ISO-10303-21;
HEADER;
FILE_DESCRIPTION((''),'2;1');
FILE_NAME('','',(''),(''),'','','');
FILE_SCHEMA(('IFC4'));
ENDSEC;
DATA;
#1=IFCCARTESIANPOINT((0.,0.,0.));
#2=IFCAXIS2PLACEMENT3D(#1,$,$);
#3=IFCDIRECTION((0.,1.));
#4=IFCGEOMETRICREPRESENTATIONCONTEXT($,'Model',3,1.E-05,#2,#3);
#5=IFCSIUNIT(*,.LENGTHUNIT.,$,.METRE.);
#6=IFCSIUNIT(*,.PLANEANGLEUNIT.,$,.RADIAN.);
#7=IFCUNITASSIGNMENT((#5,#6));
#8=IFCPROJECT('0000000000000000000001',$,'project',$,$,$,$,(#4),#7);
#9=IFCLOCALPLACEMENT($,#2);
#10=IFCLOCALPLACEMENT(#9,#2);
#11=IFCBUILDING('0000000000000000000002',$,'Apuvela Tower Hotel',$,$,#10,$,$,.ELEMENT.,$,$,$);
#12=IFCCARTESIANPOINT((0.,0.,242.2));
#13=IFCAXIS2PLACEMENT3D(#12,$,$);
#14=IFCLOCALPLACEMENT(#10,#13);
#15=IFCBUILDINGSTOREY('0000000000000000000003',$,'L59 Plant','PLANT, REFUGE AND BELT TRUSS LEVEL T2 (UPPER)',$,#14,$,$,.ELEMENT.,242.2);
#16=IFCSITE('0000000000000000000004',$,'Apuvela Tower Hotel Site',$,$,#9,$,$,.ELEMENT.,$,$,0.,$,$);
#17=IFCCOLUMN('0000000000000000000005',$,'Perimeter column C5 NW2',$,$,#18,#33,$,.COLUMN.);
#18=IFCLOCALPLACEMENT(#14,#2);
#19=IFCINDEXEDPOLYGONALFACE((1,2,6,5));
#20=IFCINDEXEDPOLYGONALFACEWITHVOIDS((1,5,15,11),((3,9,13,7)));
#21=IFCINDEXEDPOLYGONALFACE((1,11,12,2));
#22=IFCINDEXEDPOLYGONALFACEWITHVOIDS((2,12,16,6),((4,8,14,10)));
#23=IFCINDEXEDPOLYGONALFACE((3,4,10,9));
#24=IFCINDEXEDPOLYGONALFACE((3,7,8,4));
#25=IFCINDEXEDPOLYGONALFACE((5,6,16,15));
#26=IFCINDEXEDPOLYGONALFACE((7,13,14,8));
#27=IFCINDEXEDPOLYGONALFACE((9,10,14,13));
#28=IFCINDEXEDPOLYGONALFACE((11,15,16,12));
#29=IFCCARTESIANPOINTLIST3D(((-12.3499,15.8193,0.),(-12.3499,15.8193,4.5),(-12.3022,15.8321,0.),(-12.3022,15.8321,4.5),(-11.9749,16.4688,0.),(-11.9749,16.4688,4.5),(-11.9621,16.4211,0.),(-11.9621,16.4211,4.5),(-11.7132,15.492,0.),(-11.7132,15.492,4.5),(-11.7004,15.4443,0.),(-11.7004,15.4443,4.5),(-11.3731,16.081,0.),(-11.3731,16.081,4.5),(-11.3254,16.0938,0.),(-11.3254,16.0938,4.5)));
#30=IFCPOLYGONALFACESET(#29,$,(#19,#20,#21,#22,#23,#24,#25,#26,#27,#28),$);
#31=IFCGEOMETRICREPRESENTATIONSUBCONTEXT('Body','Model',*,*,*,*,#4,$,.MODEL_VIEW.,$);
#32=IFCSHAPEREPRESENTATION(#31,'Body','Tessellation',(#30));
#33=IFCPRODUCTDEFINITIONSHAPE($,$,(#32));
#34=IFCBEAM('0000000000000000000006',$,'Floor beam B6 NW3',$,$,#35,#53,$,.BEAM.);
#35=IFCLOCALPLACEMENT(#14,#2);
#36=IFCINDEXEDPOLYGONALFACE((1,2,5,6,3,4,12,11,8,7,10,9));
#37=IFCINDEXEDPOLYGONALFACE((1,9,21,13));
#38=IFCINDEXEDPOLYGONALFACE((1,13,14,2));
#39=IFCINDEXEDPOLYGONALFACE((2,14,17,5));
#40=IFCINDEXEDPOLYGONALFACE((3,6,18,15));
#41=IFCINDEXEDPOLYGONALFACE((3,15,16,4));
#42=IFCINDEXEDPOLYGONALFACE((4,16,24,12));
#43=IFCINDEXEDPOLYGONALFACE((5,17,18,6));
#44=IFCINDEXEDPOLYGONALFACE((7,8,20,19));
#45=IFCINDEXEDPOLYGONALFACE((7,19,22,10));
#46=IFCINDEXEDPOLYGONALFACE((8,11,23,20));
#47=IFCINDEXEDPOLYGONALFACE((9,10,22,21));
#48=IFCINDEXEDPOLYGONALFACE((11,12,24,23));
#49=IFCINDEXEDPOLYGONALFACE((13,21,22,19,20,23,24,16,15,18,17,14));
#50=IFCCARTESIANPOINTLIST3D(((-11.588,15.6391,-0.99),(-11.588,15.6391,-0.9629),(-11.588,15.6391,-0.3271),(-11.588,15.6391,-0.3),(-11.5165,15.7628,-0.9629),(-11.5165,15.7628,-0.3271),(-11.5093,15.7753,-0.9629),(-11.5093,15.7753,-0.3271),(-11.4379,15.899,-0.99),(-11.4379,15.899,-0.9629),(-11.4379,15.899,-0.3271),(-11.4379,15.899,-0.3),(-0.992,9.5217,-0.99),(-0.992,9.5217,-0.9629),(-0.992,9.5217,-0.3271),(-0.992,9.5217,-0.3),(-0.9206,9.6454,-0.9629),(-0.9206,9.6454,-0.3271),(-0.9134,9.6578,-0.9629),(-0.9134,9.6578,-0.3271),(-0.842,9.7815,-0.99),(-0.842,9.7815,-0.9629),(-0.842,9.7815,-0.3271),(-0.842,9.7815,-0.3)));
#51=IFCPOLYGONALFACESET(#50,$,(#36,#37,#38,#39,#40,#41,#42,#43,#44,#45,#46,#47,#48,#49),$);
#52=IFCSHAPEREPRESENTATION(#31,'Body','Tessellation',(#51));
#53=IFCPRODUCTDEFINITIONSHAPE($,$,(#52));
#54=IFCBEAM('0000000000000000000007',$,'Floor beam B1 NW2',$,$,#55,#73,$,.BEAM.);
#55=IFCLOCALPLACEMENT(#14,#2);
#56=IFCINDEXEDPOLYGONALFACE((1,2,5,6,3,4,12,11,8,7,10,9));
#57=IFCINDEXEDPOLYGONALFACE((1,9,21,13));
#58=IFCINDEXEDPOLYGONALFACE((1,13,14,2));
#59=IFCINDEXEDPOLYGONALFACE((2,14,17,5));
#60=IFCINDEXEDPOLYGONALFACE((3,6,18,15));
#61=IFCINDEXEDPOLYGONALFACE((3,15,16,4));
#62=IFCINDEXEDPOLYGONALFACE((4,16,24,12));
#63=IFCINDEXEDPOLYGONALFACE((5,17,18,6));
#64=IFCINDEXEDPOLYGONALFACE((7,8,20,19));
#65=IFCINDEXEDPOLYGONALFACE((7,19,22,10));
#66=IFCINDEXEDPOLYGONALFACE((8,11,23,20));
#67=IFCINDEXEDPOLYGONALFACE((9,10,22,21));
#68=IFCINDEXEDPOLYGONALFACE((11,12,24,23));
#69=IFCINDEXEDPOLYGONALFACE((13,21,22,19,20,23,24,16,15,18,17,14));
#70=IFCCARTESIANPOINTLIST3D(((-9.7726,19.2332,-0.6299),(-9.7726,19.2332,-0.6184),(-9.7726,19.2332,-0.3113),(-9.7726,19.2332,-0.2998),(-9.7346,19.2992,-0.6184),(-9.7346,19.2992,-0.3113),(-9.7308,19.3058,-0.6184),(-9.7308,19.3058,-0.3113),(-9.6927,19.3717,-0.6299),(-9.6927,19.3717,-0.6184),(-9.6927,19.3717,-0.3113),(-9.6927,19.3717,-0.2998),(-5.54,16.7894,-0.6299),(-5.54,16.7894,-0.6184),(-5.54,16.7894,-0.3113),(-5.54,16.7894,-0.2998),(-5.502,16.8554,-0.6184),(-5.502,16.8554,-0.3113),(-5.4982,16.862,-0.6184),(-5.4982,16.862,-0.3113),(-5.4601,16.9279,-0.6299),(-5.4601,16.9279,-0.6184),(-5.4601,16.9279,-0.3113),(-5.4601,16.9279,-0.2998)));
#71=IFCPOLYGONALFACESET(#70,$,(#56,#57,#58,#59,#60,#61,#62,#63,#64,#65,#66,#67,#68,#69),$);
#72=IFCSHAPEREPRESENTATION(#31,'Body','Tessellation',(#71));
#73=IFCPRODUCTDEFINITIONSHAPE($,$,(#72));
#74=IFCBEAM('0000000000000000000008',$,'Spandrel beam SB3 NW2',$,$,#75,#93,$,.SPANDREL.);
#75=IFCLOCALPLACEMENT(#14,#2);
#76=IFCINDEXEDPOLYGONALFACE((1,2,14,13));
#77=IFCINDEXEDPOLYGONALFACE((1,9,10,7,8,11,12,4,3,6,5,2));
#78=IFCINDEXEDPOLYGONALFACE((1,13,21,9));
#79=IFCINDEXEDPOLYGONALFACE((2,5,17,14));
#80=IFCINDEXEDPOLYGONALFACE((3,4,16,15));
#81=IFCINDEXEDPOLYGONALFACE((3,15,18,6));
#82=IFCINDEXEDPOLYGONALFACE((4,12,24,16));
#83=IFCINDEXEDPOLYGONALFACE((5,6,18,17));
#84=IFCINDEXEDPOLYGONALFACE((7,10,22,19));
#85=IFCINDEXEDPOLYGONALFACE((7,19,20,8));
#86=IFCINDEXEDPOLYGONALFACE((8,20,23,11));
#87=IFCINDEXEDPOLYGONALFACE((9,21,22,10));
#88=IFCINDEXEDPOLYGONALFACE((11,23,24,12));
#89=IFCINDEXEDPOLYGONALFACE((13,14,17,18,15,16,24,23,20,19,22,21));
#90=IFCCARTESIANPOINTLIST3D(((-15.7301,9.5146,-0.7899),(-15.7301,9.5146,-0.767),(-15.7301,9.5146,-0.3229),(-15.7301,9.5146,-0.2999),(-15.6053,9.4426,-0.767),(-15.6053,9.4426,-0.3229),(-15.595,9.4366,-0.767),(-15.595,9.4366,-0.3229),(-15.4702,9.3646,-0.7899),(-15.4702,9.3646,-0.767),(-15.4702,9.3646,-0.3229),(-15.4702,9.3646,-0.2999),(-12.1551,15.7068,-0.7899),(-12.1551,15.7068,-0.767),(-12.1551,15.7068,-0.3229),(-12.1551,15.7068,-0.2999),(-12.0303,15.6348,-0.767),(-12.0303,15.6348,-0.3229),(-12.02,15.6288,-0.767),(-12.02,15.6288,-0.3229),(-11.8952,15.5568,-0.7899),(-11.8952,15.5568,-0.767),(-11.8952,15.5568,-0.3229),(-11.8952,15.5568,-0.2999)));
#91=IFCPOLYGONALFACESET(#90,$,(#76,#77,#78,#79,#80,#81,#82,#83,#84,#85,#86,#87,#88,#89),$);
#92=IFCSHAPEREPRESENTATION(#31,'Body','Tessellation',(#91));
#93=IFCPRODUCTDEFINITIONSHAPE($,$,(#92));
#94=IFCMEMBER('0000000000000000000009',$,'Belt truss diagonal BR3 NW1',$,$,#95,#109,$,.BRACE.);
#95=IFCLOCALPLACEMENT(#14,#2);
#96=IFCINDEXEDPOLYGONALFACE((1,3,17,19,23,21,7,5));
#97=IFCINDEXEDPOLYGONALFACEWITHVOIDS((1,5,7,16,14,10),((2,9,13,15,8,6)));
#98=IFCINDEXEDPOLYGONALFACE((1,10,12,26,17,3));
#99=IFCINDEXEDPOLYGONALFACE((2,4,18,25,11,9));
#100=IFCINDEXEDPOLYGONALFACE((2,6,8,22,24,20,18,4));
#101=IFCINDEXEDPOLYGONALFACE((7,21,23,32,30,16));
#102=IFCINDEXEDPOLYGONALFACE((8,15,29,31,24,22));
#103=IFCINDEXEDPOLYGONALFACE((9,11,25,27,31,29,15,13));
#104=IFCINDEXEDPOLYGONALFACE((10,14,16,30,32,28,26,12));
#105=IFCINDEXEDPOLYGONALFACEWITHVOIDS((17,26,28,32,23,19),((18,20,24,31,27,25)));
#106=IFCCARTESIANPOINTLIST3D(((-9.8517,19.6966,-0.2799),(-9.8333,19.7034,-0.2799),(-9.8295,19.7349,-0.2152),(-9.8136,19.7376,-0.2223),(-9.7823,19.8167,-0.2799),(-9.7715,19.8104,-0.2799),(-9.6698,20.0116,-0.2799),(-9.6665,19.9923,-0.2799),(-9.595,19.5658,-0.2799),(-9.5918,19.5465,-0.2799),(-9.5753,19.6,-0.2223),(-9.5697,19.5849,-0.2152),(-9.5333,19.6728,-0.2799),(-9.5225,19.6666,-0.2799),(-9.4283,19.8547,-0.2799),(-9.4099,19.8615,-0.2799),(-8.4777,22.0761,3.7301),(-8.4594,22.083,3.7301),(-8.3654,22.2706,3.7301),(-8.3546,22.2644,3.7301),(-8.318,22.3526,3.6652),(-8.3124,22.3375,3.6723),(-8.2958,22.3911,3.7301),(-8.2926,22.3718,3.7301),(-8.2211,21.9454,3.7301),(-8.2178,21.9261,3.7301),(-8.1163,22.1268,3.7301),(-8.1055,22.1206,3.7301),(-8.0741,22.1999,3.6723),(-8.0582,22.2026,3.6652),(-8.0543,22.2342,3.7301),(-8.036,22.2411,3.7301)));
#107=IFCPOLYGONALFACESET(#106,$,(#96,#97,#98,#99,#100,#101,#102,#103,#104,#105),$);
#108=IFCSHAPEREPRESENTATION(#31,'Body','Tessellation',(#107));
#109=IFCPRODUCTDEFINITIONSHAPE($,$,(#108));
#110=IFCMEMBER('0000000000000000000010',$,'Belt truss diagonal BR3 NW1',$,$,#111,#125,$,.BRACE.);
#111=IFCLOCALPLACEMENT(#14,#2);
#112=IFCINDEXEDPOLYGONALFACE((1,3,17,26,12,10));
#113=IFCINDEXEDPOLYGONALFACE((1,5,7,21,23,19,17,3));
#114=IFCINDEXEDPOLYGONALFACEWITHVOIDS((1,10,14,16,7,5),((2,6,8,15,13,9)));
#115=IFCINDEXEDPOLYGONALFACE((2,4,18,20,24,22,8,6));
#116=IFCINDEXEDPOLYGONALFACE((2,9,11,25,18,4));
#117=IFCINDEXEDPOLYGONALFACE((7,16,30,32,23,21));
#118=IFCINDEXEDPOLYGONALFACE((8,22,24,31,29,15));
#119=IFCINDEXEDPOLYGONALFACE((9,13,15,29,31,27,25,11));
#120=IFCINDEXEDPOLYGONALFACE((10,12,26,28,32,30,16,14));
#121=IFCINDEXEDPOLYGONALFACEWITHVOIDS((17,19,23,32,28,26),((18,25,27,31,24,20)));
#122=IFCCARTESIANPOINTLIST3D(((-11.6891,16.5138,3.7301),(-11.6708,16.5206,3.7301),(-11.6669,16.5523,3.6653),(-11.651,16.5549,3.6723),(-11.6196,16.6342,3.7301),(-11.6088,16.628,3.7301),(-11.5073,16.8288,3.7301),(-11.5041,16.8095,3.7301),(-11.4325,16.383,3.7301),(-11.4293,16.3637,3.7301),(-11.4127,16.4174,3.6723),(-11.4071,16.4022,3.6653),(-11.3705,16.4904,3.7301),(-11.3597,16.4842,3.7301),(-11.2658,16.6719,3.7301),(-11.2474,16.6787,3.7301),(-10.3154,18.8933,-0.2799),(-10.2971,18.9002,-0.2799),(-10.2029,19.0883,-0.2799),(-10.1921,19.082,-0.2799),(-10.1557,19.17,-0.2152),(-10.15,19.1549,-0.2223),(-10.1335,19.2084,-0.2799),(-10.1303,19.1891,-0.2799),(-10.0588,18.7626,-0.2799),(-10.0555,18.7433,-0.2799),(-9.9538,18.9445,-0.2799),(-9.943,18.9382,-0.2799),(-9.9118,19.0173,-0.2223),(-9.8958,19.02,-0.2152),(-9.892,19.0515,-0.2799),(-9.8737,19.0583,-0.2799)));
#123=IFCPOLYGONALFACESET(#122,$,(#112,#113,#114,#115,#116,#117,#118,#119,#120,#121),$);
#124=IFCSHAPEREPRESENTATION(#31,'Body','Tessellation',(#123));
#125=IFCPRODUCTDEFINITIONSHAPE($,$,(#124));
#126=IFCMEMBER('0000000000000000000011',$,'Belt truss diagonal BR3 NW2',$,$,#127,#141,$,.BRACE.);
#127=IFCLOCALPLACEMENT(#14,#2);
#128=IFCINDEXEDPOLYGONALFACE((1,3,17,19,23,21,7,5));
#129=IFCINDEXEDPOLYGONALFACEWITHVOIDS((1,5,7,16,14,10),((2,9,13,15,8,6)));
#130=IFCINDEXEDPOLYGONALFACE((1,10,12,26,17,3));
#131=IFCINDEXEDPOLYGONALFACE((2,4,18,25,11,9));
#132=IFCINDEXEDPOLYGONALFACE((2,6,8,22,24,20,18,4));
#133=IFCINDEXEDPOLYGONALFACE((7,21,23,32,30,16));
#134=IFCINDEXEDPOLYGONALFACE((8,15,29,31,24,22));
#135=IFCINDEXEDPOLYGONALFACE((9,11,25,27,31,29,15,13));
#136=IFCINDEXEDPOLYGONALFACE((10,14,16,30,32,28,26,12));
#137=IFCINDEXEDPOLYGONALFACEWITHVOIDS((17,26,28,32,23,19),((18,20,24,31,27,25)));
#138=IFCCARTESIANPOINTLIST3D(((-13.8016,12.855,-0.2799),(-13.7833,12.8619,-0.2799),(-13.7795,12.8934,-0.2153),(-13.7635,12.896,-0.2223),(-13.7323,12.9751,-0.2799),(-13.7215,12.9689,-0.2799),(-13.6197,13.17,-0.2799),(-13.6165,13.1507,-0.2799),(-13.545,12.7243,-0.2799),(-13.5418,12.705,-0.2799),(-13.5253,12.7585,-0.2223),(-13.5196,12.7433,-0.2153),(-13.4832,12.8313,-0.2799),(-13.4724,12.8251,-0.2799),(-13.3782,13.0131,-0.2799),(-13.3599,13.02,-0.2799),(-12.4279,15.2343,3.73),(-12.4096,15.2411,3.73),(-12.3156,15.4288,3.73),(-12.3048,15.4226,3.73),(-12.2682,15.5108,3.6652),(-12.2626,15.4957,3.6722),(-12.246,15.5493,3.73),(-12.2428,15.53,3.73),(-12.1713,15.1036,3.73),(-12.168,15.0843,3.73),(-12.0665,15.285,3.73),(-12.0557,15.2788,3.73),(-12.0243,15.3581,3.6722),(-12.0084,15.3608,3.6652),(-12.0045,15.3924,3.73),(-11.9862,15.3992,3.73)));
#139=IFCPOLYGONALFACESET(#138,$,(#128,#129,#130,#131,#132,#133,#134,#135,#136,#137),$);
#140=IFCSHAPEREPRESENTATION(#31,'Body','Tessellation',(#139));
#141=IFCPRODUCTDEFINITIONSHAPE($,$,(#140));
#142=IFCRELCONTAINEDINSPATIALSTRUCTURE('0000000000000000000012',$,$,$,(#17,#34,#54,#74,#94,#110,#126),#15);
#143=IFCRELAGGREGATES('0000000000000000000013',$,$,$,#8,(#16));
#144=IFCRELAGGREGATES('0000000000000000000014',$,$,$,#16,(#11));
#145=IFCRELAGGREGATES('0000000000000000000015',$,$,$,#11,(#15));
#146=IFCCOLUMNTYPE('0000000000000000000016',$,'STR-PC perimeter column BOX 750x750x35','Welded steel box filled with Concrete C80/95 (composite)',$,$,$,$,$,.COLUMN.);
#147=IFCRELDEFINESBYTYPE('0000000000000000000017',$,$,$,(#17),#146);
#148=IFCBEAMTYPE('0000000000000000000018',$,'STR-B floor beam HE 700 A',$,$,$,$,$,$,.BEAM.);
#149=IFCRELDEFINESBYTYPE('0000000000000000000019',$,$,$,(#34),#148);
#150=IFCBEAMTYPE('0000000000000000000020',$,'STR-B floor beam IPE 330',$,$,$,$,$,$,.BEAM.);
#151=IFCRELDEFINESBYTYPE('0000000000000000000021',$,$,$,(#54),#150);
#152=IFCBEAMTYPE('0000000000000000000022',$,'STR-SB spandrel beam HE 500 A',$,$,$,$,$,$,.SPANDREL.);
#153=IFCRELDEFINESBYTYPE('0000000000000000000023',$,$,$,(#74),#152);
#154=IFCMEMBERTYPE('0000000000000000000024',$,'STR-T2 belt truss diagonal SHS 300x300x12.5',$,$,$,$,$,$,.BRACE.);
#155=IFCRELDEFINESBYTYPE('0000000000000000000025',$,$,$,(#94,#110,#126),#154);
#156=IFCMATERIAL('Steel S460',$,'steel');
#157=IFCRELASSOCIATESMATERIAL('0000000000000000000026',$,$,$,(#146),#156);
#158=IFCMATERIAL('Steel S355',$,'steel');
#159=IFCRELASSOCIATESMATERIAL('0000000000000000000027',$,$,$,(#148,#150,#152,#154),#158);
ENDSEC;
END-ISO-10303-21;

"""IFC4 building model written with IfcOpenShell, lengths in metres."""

from ifc_helpers import new_model, si_unit, direction, frame, origin, origin_2d, place, context, subcontext, project, spatial, rectangle, hollow_rectangle, i_section, extrude, boolean, halfspace, material, material_profile, profile_set, type_object, element, save


model = new_model("IFC4")

# Units and contexts
model_context = context("Model", 3, precision=1e-05, world=origin(), true_north=direction((0.0, 1.0)))
body_context = subcontext(model_context, "Body", "Model", "MODEL_VIEW")
ifc_project = project(units=[si_unit("LENGTHUNIT", "METRE"), si_unit("PLANEANGLEUNIT", "RADIAN")], contexts=[model_context])

# Site, building, storey
site_placement = place(None, origin())
site = spatial("IfcSite", under=ifc_project, at=site_placement, Name="Apuvela Tower Hotel Site", CompositionType="ELEMENT", RefElevation=0.0)
building_placement = place(site_placement, origin())
building = spatial("IfcBuilding", under=site, at=building_placement, Name="Apuvela Tower Hotel", CompositionType="ELEMENT")
storey_placement = place(building_placement, frame((0.0, 0.0, 242.2)))
storey = spatial("IfcBuildingStorey", under=building, at=storey_placement, Name="L59 Plant", Description="PLANT, REFUGE AND BELT TRUSS LEVEL T2 (UPPER)", CompositionType="ELEMENT", Elevation=242.2)

# Column
ifc_material_1 = material(Name="Steel S460", Category="steel")
ifc_material_profile_1 = material_profile(ifc_material_1, hollow_rectangle(XDim=0.75, YDim=0.75, WallThickness=0.0349, at=origin_2d()), Name="BOX 750x750x35")
ifc_material_2 = material(Name="Concrete C80/95", Category="concrete")
ifc_material_profile_2 = material_profile(ifc_material_2, rectangle(XDim=0.6799, YDim=0.6799, at=origin_2d()), Name="Concrete C80/95 infill")
ifc_profile_set_1 = profile_set([ifc_material_profile_1, ifc_material_profile_2], Name="Steel S460")
column_type = type_object("IfcColumnType", Name="STR-PC perimeter column BOX 750x750x35", Description="Welded steel box filled with Concrete C80/95 (composite)", PredefinedType="COLUMN", material=ifc_profile_set_1)
column_placement = place(storey_placement, frame((-11.8376, 15.9565, 0.0), z_axis=(0.0, 0.0, 1.0), x_axis=(0.5, 0.866025, 0.0)))
element("IfcColumn", 1, at=column_placement, inside=storey, type_object=column_type, Name="Perimeter column C5 NW2", PredefinedType="COLUMN", context=body_context, shape_type="SweptSolid", body=[
    extrude(hollow_rectangle(XDim=0.75, YDim=0.75, WallThickness=0.0349, at=origin_2d()), origin(), (0.0, 0.0, 1.0), 4.5),
])

# Beams
ifc_material_3 = material(Name="Steel S355", Category="steel")
ifc_material_profile_3 = material_profile(ifc_material_3, i_section(OverallWidth=0.3, OverallDepth=0.6899, WebThickness=0.0144, FlangeThickness=0.0271, at=origin_2d()), Name="HE 700 A")
ifc_profile_set_2 = profile_set([ifc_material_profile_3], Name="Steel S355")
beam_type_1 = type_object("IfcBeamType", Name="STR-B floor beam HE 700 A", PredefinedType="BEAM", material=ifc_profile_set_2)
beam_1_placement = place(storey_placement, frame((-11.5129, 15.769, -0.645), z_axis=(0.86603, -0.499991, 0.0), x_axis=(0.499991, 0.86603, 0.0)))
element("IfcBeam", 2, at=beam_1_placement, inside=storey, type_object=beam_type_1, Name="Floor beam B6 NW3", PredefinedType="BEAM", context=body_context, shape_type="SweptSolid", body=[
    extrude(i_section(OverallWidth=0.3, OverallDepth=0.6899, WebThickness=0.0144, FlangeThickness=0.0271, at=origin_2d()), origin(), (0.0, 0.0, 1.0), 12.2351),
])
ifc_material_profile_4 = material_profile(ifc_material_3, i_section(OverallWidth=0.1599, OverallDepth=0.3301, WebThickness=0.0076, FlangeThickness=0.0115, at=origin_2d()), Name="IPE 330")
ifc_profile_set_3 = profile_set([ifc_material_profile_4], Name="Steel S355")
beam_type_2 = type_object("IfcBeamType", Name="STR-B floor beam IPE 330", PredefinedType="BEAM", material=ifc_profile_set_3)
beam_2_placement = place(storey_placement, frame((-9.7327, 19.3025, -0.4648), z_axis=(0.866015, -0.500018, 0.0), x_axis=(0.500018, 0.866015, 0.0)))
element("IfcBeam", 3, at=beam_2_placement, inside=storey, type_object=beam_type_2, Name="Floor beam B1 NW2", PredefinedType="BEAM", context=body_context, shape_type="SweptSolid", body=[
    extrude(i_section(OverallWidth=0.1599, OverallDepth=0.3301, WebThickness=0.0076, FlangeThickness=0.0115, at=origin_2d()), origin(), (0.0, 0.0, 1.0), 4.8875),
])
ifc_material_profile_5 = material_profile(ifc_material_3, i_section(OverallWidth=0.3, OverallDepth=0.49, WebThickness=0.012, FlangeThickness=0.0229, at=origin_2d()), Name="HE 500 A")
ifc_profile_set_4 = profile_set([ifc_material_profile_5], Name="Steel S355")
beam_type_3 = type_object("IfcBeamType", Name="STR-SB spandrel beam HE 500 A", PredefinedType="SPANDREL", material=ifc_profile_set_4)
beam_3_placement = place(storey_placement, frame((-12.0251, 15.6318, -0.5449), z_axis=(-0.499991, -0.86603, 0.0), x_axis=(0.86603, -0.499991, 0.0)))
element("IfcBeam", 4, at=beam_3_placement, inside=storey, type_object=beam_type_3, Name="Spandrel beam SB3 NW2", PredefinedType="SPANDREL", context=body_context, shape_type="SweptSolid", body=[
    extrude(i_section(OverallWidth=0.3, OverallDepth=0.49, WebThickness=0.012, FlangeThickness=0.0229, at=origin_2d()), origin(), (0.0, 0.0, 1.0), 7.1501),
])

# Members
ifc_material_profile_6 = material_profile(ifc_material_3, hollow_rectangle(XDim=0.3, YDim=0.3, WallThickness=0.0125, at=origin_2d()), Name="SHS 300x300x12.5")
ifc_profile_set_5 = profile_set([ifc_material_profile_6], Name="Steel S355")
member_type = type_object("IfcMemberType", Name="STR-T2 belt truss diagonal SHS 300x300x12.5", PredefinedType="BRACE", material=ifc_profile_set_5)
member_1_placement = place(storey_placement, frame((-9.6377, 19.7671, -0.3), z_axis=(0.282647, 0.489511, 0.824918), x_axis=(-0.41249, -0.714382, 0.565252)))
solid_1 = boolean("DIFFERENCE", boolean("DIFFERENCE", extrude(hollow_rectangle(XDim=0.3, YDim=0.3, WallThickness=0.0125, at=origin_2d()), frame((0.0, 0.0, -0.2229)), (0.0, 0.0, 1.0), 5.3552), halfspace(frame((0.0, 0.0, 0.0244), z_axis=(0.565252, 0.0, 0.824918), x_axis=(0.824918, 0.0, -0.565252)), True)), halfspace(frame((0.0, 0.0, 4.8855), z_axis=(0.565252, 0.0, 0.824918), x_axis=(0.824918, 0.0, -0.565252)), False))
element("IfcMember", 5, at=member_1_placement, inside=storey, type_object=member_type, Name="Belt truss diagonal BR3 NW1", PredefinedType="BRACE", context=body_context, shape_type="SweptSolid", body=[
    boolean("UNION", boolean("DIFFERENCE", boolean("DIFFERENCE", extrude(hollow_rectangle(XDim=0.3, YDim=0.3, WallThickness=0.0125, at=origin_2d()), origin(), (0.0, 0.0, 1.0), 4.9097), halfspace(frame((0.0, 0.0, 0.0244), z_axis=(0.565252, 0.0, 0.824918), x_axis=(0.824918, 0.0, -0.565252)), True)), halfspace(frame((0.0, 0.0, 4.8855), z_axis=(0.565252, 0.0, 0.824918), x_axis=(0.824918, 0.0, -0.565252)), False)), solid_1),
])
member_2_placement = place(storey_placement, frame((-10.0876, 18.9878, -0.3), z_axis=(-0.282601, -0.489518, 0.82493), x_axis=(0.412441, 0.714424, 0.565235)))
solid_2 = boolean("DIFFERENCE", boolean("DIFFERENCE", extrude(hollow_rectangle(XDim=0.3, YDim=0.3, WallThickness=0.0125, at=origin_2d()), frame((0.0, 0.0, -0.2229)), (0.0, 0.0, 1.0), 5.3552), halfspace(frame((0.0, 0.0, 0.0244), z_axis=(0.565235, 0.0, 0.82493), x_axis=(0.82493, 0.0, -0.565235)), True)), halfspace(frame((0.0, 0.0, 4.8855), z_axis=(0.565235, 0.0, 0.82493), x_axis=(0.82493, 0.0, -0.565235)), False))
element("IfcMember", 6, at=member_2_placement, inside=storey, type_object=member_type, Name="Belt truss diagonal BR3 NW1", PredefinedType="BRACE", context=body_context, shape_type="SweptSolid", body=[
    boolean("UNION", boolean("DIFFERENCE", boolean("DIFFERENCE", extrude(hollow_rectangle(XDim=0.3, YDim=0.3, WallThickness=0.0125, at=origin_2d()), origin(), (0.0, 0.0, 1.0), 4.9097), halfspace(frame((0.0, 0.0, 0.0244), z_axis=(0.565235, 0.0, 0.82493), x_axis=(0.82493, 0.0, -0.565235)), True)), halfspace(frame((0.0, 0.0, 4.8855), z_axis=(0.565235, 0.0, 0.82493), x_axis=(0.82493, 0.0, -0.565235)), False)), solid_2),
])
member_3_placement = place(storey_placement, frame((-13.5876, 12.9255, -0.3), z_axis=(0.282608, 0.48948, 0.82495), x_axis=(-0.412483, -0.714423, 0.565206)))
solid_3 = boolean("DIFFERENCE", boolean("DIFFERENCE", extrude(hollow_rectangle(XDim=0.3, YDim=0.3, WallThickness=0.0125, at=origin_2d()), frame((0.0, 0.0, -0.2229)), (0.0, 0.0, 1.0), 5.355), halfspace(frame((0.0, 0.0, 0.0244), z_axis=(0.565206, 0.0, 0.82495), x_axis=(0.82495, 0.0, -0.565206)), True)), halfspace(frame((0.0, 0.0, 4.8853), z_axis=(0.565206, 0.0, 0.82495), x_axis=(0.82495, 0.0, -0.565206)), False))
element("IfcMember", 7, at=member_3_placement, inside=storey, type_object=member_type, Name="Belt truss diagonal BR3 NW2", PredefinedType="BRACE", context=body_context, shape_type="SweptSolid", body=[
    boolean("UNION", boolean("DIFFERENCE", boolean("DIFFERENCE", extrude(hollow_rectangle(XDim=0.3, YDim=0.3, WallThickness=0.0125, at=origin_2d()), origin(), (0.0, 0.0, 1.0), 4.9094), halfspace(frame((0.0, 0.0, 0.0244), z_axis=(0.565206, 0.0, 0.82495), x_axis=(0.82495, 0.0, -0.565206)), True)), halfspace(frame((0.0, 0.0, 4.8853), z_axis=(0.565206, 0.0, 0.82495), x_axis=(0.82495, 0.0, -0.565206)), False)), solid_3),
])

save(model, "model.ifc")
